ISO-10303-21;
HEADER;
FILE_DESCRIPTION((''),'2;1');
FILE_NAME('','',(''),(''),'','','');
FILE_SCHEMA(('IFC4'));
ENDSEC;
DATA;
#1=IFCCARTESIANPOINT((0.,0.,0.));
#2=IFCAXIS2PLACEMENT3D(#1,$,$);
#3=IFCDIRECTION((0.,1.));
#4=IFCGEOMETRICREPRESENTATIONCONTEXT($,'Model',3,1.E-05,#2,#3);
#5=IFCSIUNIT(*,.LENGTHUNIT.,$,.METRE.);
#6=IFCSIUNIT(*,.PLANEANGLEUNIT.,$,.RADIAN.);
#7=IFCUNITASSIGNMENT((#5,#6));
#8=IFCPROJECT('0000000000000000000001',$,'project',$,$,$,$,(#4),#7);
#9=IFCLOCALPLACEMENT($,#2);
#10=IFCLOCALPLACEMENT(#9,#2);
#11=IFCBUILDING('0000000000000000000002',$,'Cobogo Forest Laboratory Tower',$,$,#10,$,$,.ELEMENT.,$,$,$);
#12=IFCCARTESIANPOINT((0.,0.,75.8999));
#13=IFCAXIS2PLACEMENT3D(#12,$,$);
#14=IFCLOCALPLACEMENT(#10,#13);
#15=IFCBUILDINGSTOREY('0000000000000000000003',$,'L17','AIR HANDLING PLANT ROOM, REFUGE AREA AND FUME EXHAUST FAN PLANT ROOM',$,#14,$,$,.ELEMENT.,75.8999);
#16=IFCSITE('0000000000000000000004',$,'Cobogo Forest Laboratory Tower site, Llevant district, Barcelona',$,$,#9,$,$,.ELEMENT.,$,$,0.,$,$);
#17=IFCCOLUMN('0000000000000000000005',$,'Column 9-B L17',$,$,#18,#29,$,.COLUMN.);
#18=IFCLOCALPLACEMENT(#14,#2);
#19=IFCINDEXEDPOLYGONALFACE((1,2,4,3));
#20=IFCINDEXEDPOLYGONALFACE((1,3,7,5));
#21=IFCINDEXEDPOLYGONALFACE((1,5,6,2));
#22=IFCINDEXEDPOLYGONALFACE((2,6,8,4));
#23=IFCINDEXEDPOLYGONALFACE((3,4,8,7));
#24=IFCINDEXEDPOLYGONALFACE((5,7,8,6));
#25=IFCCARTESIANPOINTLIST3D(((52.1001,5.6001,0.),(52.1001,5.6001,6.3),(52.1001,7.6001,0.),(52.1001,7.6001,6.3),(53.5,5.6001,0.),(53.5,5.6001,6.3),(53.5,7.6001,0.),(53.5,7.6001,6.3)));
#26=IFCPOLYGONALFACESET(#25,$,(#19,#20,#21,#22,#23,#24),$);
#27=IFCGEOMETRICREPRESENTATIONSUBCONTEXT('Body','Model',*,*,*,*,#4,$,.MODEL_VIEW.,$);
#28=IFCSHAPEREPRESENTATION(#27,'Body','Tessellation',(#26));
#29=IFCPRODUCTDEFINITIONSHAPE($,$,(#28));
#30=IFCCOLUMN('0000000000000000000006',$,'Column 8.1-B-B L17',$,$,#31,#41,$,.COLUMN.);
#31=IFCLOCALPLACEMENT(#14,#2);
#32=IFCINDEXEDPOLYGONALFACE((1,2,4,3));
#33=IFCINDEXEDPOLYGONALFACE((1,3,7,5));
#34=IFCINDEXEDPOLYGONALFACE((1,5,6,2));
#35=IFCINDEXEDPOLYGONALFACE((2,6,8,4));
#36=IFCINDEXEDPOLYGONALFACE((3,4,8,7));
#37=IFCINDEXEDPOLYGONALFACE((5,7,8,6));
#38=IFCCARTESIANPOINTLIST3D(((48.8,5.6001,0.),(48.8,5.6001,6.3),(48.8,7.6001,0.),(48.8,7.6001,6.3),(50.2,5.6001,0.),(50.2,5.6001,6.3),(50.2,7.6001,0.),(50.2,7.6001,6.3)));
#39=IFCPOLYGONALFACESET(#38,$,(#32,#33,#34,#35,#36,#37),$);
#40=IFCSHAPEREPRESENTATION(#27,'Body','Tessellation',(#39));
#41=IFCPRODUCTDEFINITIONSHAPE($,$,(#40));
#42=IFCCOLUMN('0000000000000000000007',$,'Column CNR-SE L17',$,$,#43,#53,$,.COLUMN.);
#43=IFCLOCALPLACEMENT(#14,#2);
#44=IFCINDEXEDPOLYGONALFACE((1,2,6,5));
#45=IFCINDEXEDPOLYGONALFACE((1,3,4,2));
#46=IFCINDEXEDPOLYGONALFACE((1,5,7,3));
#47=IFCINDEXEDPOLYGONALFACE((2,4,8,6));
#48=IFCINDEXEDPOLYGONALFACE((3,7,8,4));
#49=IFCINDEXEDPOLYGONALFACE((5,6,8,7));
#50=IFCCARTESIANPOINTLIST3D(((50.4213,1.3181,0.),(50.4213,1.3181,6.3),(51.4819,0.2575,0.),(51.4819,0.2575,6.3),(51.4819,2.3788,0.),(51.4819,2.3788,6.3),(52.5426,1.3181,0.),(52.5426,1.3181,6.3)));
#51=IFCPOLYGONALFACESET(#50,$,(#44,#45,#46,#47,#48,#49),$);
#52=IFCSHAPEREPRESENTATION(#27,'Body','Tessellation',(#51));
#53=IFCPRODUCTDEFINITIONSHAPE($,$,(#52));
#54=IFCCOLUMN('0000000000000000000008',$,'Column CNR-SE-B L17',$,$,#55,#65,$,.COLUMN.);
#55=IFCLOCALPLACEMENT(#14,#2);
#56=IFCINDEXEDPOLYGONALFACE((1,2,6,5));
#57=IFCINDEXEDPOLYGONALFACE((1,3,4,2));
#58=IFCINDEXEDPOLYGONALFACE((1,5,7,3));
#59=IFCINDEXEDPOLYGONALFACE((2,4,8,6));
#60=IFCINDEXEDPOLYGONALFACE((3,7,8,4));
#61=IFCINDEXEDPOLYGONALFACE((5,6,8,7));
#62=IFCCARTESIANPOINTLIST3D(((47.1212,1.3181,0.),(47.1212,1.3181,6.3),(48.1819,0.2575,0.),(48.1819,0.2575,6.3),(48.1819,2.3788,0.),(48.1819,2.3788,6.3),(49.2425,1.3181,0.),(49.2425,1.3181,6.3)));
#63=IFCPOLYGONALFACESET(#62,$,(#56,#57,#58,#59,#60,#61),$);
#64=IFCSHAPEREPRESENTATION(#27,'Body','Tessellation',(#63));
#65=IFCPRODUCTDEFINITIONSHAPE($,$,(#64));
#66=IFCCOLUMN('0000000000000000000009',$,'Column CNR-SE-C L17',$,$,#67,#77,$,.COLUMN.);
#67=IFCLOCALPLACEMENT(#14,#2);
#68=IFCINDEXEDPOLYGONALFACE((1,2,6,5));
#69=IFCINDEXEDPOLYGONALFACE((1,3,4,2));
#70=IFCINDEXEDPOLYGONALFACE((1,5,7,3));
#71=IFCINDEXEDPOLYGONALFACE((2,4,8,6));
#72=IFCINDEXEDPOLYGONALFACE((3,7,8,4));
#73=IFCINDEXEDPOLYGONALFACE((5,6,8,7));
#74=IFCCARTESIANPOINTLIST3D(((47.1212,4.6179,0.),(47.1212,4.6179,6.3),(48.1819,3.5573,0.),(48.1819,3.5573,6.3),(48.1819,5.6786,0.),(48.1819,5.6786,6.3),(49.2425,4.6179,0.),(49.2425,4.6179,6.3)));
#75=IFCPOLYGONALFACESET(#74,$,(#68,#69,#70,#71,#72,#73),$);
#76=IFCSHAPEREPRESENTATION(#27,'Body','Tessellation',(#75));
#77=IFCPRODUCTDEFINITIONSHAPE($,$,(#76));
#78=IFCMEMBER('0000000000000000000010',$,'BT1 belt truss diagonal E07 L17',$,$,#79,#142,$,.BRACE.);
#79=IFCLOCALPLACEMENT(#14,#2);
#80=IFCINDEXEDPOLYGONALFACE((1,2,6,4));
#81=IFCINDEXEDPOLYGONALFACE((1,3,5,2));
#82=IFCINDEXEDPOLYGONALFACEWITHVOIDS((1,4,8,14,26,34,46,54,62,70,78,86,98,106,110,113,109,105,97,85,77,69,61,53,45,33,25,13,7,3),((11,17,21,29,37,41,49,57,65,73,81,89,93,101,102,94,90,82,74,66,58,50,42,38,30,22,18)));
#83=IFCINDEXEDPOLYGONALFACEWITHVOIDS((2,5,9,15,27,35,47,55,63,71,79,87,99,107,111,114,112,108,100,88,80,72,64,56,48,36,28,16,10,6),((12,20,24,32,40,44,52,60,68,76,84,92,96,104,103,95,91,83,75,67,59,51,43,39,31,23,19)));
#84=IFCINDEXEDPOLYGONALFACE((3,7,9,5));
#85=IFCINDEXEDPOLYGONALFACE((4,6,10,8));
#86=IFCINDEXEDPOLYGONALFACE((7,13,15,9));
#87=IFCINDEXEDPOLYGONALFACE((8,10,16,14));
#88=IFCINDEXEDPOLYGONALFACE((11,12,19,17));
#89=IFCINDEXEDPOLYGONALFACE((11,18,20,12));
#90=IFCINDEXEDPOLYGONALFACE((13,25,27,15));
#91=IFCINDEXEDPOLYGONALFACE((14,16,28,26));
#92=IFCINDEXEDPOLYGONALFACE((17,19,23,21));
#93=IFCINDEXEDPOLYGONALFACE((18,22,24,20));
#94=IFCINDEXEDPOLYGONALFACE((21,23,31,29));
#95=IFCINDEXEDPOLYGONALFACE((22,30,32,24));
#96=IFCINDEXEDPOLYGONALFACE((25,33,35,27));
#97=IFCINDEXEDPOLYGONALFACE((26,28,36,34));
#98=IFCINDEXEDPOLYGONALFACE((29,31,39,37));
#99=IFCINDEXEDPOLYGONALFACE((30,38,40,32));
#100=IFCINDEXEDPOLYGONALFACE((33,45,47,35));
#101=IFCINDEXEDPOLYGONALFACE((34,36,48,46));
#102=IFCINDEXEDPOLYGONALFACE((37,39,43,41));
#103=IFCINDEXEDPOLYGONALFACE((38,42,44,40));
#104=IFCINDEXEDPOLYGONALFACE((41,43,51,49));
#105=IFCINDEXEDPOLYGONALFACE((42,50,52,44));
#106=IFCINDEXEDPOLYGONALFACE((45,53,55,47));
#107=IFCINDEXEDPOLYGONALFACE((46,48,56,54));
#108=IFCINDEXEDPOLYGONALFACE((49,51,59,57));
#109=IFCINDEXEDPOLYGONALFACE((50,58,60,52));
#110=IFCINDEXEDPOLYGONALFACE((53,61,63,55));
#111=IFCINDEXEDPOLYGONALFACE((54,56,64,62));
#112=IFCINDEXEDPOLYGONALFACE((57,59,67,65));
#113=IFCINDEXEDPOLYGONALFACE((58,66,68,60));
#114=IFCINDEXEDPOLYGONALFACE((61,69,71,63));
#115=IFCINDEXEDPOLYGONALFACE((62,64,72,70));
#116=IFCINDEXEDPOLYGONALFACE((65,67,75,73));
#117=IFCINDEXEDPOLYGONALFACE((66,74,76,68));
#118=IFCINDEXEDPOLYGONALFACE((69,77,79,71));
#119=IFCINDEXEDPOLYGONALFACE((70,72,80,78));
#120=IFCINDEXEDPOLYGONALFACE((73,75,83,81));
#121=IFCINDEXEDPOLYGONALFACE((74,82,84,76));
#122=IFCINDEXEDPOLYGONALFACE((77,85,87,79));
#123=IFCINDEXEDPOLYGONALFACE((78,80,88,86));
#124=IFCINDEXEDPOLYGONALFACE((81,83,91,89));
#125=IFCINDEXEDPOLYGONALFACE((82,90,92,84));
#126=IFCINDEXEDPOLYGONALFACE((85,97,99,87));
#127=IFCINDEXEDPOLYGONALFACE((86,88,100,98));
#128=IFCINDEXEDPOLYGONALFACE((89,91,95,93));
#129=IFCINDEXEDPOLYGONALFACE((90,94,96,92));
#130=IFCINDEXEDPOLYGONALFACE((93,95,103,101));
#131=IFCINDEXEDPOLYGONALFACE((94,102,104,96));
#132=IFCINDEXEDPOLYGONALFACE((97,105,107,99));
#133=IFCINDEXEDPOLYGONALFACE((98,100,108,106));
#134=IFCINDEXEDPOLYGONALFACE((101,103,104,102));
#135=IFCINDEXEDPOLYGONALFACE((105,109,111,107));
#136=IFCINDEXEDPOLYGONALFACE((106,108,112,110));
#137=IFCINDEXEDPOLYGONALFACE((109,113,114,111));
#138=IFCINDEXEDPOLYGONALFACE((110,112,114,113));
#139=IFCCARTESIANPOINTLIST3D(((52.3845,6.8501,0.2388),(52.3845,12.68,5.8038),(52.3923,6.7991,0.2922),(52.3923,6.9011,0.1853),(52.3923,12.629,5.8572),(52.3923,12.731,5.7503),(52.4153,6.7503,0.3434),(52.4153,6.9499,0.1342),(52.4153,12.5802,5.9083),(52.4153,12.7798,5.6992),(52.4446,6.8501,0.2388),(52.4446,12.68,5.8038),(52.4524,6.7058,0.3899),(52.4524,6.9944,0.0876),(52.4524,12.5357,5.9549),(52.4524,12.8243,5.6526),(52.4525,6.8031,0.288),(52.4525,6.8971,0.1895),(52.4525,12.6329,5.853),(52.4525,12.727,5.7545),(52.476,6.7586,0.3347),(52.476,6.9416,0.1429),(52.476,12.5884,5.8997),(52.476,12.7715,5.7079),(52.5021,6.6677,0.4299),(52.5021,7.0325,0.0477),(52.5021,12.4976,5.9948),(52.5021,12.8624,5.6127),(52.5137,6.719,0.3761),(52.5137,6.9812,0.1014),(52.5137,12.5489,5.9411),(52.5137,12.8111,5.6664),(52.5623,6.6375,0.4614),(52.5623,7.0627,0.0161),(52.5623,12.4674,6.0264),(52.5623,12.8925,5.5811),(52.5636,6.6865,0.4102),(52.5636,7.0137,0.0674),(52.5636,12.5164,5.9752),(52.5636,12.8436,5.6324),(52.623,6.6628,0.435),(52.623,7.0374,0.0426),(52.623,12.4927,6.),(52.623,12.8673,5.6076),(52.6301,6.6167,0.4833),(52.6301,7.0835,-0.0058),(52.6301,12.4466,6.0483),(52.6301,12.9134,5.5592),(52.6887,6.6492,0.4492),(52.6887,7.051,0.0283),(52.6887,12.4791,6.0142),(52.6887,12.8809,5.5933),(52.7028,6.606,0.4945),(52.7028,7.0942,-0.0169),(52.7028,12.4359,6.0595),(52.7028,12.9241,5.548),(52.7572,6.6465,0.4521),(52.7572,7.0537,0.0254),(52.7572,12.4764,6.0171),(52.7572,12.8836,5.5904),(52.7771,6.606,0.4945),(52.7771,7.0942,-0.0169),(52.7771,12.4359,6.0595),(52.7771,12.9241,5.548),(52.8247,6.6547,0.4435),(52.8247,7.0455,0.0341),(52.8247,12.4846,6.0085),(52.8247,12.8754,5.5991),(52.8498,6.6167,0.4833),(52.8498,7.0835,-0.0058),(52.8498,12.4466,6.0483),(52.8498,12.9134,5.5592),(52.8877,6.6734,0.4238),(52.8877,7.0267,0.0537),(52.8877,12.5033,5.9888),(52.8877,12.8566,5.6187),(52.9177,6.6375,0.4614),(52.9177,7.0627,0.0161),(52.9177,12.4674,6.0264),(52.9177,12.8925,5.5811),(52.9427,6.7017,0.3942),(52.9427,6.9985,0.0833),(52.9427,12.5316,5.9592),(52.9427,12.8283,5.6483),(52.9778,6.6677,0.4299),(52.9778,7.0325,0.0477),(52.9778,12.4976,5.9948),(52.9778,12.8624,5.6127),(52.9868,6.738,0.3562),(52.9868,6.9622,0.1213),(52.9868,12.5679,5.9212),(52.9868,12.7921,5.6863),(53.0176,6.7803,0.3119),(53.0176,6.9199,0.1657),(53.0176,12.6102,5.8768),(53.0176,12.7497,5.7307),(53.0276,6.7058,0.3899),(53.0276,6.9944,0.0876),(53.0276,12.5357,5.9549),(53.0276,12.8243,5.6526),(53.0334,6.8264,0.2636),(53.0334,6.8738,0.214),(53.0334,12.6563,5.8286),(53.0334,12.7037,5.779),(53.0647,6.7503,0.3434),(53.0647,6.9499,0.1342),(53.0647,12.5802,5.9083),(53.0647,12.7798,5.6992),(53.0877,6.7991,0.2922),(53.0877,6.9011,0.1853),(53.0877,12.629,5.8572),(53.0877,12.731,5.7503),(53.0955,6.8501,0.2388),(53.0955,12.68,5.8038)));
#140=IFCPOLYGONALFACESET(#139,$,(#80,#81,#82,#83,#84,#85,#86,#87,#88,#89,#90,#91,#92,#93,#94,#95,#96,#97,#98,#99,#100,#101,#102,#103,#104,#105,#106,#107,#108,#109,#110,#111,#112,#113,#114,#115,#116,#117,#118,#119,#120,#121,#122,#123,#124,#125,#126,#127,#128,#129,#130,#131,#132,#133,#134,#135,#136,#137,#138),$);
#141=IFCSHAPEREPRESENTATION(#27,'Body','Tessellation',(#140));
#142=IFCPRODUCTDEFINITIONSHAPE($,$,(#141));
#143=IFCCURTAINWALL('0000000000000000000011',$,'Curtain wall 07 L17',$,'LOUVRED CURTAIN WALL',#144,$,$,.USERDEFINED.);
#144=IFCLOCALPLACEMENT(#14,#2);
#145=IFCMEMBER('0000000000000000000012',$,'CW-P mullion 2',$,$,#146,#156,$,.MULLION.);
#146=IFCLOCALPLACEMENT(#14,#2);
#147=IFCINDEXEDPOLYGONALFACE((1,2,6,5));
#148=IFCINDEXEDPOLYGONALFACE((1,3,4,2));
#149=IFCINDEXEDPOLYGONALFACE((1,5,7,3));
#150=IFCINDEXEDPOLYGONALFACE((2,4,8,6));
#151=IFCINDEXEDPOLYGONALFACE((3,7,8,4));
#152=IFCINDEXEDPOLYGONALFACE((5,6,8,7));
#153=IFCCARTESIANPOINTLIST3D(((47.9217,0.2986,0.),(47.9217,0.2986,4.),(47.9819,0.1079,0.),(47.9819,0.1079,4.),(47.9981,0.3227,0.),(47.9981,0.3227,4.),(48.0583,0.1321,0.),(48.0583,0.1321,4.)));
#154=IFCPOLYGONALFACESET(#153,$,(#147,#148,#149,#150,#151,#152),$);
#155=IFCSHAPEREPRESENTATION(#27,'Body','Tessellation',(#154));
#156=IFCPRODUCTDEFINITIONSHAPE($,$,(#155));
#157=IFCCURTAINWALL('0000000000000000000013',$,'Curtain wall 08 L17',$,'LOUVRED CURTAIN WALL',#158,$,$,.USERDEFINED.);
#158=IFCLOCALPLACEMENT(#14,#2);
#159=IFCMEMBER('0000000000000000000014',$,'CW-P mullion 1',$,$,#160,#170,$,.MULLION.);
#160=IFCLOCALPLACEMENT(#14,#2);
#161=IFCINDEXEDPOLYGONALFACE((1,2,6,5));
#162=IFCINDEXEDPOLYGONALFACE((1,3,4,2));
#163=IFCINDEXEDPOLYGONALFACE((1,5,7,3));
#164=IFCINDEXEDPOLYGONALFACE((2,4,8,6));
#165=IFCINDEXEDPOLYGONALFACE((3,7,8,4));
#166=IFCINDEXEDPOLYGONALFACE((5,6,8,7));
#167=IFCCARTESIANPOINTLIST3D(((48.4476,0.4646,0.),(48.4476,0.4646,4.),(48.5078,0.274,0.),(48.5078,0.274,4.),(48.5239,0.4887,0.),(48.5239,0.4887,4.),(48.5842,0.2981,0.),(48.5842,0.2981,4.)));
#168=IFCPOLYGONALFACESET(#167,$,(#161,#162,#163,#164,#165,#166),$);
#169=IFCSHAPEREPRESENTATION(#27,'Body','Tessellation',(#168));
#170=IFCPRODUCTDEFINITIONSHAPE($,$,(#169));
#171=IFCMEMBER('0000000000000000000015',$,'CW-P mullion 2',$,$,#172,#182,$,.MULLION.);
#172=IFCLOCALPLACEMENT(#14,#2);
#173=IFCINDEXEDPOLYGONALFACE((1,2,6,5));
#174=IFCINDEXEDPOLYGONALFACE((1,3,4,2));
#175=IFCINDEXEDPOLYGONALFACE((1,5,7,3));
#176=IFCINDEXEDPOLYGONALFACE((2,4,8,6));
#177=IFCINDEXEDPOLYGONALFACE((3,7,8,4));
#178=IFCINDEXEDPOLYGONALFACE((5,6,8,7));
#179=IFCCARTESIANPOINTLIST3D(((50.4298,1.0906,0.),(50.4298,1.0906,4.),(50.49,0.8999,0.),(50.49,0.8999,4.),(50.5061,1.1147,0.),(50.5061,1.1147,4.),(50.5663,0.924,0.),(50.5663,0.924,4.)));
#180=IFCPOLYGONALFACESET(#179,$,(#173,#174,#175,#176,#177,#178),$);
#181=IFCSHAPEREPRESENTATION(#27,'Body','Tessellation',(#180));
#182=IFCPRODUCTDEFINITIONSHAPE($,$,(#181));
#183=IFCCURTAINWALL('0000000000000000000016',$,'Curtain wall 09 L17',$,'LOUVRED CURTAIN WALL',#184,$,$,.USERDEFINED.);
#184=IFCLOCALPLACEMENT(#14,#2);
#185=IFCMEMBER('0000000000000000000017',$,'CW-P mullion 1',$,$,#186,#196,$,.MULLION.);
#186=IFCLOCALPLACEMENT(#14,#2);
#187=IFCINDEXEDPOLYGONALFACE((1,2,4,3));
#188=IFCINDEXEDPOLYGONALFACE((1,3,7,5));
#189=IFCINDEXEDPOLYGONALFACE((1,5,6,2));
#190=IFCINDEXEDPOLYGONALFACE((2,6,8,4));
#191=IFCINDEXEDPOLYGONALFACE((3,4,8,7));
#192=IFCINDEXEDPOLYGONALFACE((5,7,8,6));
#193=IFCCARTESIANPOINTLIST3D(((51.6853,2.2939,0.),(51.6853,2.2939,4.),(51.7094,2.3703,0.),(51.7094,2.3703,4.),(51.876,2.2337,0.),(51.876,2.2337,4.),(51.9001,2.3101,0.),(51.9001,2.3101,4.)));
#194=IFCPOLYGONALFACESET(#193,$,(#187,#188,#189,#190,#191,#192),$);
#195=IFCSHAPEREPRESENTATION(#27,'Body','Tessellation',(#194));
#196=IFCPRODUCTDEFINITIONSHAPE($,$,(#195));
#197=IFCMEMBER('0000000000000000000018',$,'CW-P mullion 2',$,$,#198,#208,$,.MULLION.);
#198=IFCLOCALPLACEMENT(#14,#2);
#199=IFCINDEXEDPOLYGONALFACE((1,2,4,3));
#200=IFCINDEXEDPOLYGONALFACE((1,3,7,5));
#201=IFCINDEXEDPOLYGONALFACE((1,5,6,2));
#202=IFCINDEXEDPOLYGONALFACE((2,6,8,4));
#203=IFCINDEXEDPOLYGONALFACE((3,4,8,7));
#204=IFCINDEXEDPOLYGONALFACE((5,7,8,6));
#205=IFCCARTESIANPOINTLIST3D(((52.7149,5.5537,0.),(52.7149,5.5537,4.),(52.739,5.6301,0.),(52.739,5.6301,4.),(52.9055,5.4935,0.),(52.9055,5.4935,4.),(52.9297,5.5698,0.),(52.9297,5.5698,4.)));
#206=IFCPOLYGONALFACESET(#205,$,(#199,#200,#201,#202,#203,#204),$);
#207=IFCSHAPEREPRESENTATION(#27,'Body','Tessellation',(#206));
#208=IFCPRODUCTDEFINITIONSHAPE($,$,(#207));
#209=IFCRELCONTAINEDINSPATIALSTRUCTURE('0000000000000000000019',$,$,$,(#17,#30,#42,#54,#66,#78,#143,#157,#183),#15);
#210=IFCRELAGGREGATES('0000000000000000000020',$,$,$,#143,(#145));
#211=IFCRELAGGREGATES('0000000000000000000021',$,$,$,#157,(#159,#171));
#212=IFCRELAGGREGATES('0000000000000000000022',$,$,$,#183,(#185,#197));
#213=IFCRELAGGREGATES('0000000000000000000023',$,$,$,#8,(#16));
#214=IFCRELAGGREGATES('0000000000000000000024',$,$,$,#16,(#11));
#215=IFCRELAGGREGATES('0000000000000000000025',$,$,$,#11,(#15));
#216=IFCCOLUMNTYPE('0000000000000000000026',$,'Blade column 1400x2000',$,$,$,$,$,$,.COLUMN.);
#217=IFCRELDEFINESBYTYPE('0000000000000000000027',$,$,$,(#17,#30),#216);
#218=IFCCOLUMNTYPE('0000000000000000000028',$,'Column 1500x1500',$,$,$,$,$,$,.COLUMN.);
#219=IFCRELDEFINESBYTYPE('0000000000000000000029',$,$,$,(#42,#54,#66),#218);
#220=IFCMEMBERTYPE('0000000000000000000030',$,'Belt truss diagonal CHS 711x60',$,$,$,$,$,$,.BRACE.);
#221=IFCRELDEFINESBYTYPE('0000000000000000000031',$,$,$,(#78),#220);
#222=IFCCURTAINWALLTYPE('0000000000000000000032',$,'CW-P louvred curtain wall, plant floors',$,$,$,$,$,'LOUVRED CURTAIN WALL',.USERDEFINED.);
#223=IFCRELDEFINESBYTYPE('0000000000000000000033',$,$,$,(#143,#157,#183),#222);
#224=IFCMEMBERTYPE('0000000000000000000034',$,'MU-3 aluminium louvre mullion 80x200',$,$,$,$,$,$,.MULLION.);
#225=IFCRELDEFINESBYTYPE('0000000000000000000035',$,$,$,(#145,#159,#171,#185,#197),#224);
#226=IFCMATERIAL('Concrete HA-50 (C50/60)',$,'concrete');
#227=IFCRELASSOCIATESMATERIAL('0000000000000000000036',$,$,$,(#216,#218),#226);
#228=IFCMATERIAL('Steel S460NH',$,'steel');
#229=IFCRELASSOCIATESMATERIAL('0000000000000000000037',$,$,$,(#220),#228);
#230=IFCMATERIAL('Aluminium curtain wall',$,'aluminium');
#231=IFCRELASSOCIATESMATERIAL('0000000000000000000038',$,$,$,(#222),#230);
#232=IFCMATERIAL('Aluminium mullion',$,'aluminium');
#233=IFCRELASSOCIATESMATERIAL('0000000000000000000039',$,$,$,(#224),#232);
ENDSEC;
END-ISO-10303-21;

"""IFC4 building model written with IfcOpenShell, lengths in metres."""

from ifc_helpers import new_model, si_unit, direction, frame, origin, origin_2d, place, context, subcontext, project, spatial, rectangle, hollow_circle, extrude, material, material_profile, profile_set, type_object, element, aggregate, save


model = new_model("IFC4")

# Units and contexts
model_context = context("Model", 3, precision=1e-05, world=origin(), true_north=direction((0.0, 1.0)))
body_context = subcontext(model_context, "Body", "Model", "MODEL_VIEW")
ifc_project = project(units=[si_unit("LENGTHUNIT", "METRE"), si_unit("PLANEANGLEUNIT", "RADIAN")], contexts=[model_context])

# Site, building, storey
site_placement = place(None, origin())
site = spatial("IfcSite", under=ifc_project, at=site_placement, Name="Cobogo Forest Laboratory Tower site, Llevant district, Barcelona", CompositionType="ELEMENT", RefElevation=0.0)
building_placement = place(site_placement, origin())
building = spatial("IfcBuilding", under=site, at=building_placement, Name="Cobogo Forest Laboratory Tower", CompositionType="ELEMENT")
storey_placement = place(building_placement, frame((0.0, 0.0, 75.8999)))
storey = spatial("IfcBuildingStorey", under=building, at=storey_placement, Name="L17", Description="AIR HANDLING PLANT ROOM, REFUGE AREA AND FUME EXHAUST FAN PLANT ROOM", CompositionType="ELEMENT", Elevation=75.8999)

# Columns
ifc_material_1 = material(Name="Concrete HA-50 (C50/60)", Category="concrete")
ifc_material_profile_1 = material_profile(ifc_material_1, rectangle(XDim=2.0, YDim=1.3999, at=origin_2d()), Name="RC 1400x2000")
ifc_profile_set_1 = profile_set([ifc_material_profile_1], Name="Concrete HA-50 (C50/60)")
column_type_1 = type_object("IfcColumnType", Name="Blade column 1400x2000", PredefinedType="COLUMN", material=ifc_profile_set_1)
for number, where, z_axis, x_axis, name in (
    (1, (52.8, 6.6001, 0.0), (0.0, 0.0, 1.0), (0.0, 1.0, 0.0), "Column 9-B L17"),
    (2, (49.5, 6.6001, 0.0), (0.0, 0.0, 1.0), (0.0, 1.0, 0.0), "Column 8.1-B-B L17"),
):
    element("IfcColumn", number, at=place(storey_placement, frame(where, z_axis=z_axis, x_axis=x_axis)), inside=storey, type_object=column_type_1, Name=name, PredefinedType="COLUMN", context=body_context, shape_type="SweptSolid", body=[
        extrude(rectangle(XDim=2.0, YDim=1.3999, at=origin_2d()), origin(), (0.0, 0.0, 1.0), 6.3),
    ])
ifc_material_profile_2 = material_profile(ifc_material_1, rectangle(XDim=1.5, YDim=1.5, at=origin_2d()), Name="RC 1500x1500")
ifc_profile_set_2 = profile_set([ifc_material_profile_2], Name="Concrete HA-50 (C50/60)")
column_type_2 = type_object("IfcColumnType", Name="Column 1500x1500", PredefinedType="COLUMN", material=ifc_profile_set_2)
for number, where, z_axis, x_axis, name in (
    (3, (51.4819, 1.3181, 0.0), (0.0, 0.0, 1.0), (0.707107, 0.707107, 0.0), "Column CNR-SE L17"),
    (4, (48.1819, 1.3181, 0.0), (0.0, 0.0, 1.0), (0.707107, 0.707107, 0.0), "Column CNR-SE-B L17"),
    (5, (48.1819, 4.6179, 0.0), (0.0, 0.0, 1.0), (0.707107, 0.707107, 0.0), "Column CNR-SE-C L17"),
):
    element("IfcColumn", number, at=place(storey_placement, frame(where, z_axis=z_axis, x_axis=x_axis)), inside=storey, type_object=column_type_2, Name=name, PredefinedType="COLUMN", context=body_context, shape_type="SweptSolid", body=[
        extrude(rectangle(XDim=1.5, YDim=1.5, at=origin_2d()), origin(), (0.0, 0.0, 1.0), 6.3),
    ])

# Member
ifc_material_2 = material(Name="Steel S460NH", Category="steel")
ifc_material_profile_3 = material_profile(ifc_material_2, hollow_circle(Radius=0.3555, WallThickness=0.0601, at=origin_2d()), Name="CHS 711x60")
ifc_profile_set_3 = profile_set([ifc_material_profile_3], Name="Steel S460NH")
member_type_1 = type_object("IfcMemberType", Name="Belt truss diagonal CHS 711x60", PredefinedType="BRACE", material=ifc_profile_set_3)
member_1_placement = place(storey_placement, frame((52.74, 6.8501, 0.2388), z_axis=(0.0, 0.723349, 0.690482), x_axis=(-1.0, 0.0, 0.0)))
element("IfcMember", 6, at=member_1_placement, inside=storey, type_object=member_type_1, Name="BT1 belt truss diagonal E07 L17", PredefinedType="BRACE", context=body_context, shape_type="SweptSolid", body=[
    extrude(hollow_circle(Radius=0.3555, WallThickness=0.0601, at=origin_2d()), origin(), (0.0, 0.0, 1.0), 8.0596),
])

# Curtain wall, member
ifc_material_3 = material(Name="Aluminium curtain wall", Category="aluminium")
curtain_wall_type = type_object("IfcCurtainWallType", Name="CW-P louvred curtain wall, plant floors", ElementType="LOUVRED CURTAIN WALL", PredefinedType="USERDEFINED", material=ifc_material_3)
curtain_wall_1_placement = place(storey_placement, origin())
curtain_wall_1 = element("IfcCurtainWall", 7, at=curtain_wall_1_placement, inside=storey, type_object=curtain_wall_type, Name="Curtain wall 07 L17", ObjectType="LOUVRED CURTAIN WALL", PredefinedType="USERDEFINED")
ifc_material_4 = material(Name="Aluminium mullion", Category="aluminium")
ifc_material_profile_4 = material_profile(ifc_material_4, rectangle(XDim=0.0801, YDim=0.2, at=origin_2d()), Name="AL 80x200")
ifc_profile_set_4 = profile_set([ifc_material_profile_4], Name="Aluminium mullion")
member_type_2 = type_object("IfcMemberType", Name="MU-3 aluminium louvre mullion 80x200", PredefinedType="MULLION", material=ifc_profile_set_4)
member_2_placement = place(storey_placement, frame((47.99, 0.2153, 0.0), z_axis=(0.0, 0.0, 1.0), x_axis=(0.953581, 0.301136, 0.0)))
member_2 = element("IfcMember", 8, at=member_2_placement, type_object=member_type_2, Name="CW-P mullion 2", PredefinedType="MULLION", context=body_context, shape_type="SweptSolid", body=[
    extrude(rectangle(XDim=0.0801, YDim=0.2, at=origin_2d()), origin(), (0.0, 0.0, 1.0), 4.0),
])
aggregate(curtain_wall_1, [member_2])

# Curtain walls, members
curtain_wall_2_placement = place(storey_placement, origin())
curtain_wall_2 = element("IfcCurtainWall", 9, at=curtain_wall_2_placement, inside=storey, type_object=curtain_wall_type, Name="Curtain wall 08 L17", ObjectType="LOUVRED CURTAIN WALL", PredefinedType="USERDEFINED")
member_3_placement = place(storey_placement, frame((48.5159, 0.3813, 0.0), z_axis=(0.0, 0.0, 1.0), x_axis=(0.953581, 0.301136, 0.0)))
member_3 = element("IfcMember", 10, at=member_3_placement, type_object=member_type_2, Name="CW-P mullion 1", PredefinedType="MULLION", context=body_context, shape_type="SweptSolid", body=[
    extrude(rectangle(XDim=0.0801, YDim=0.2, at=origin_2d()), origin(), (0.0, 0.0, 1.0), 4.0),
])
member_4_placement = place(storey_placement, frame((50.498, 1.0073, 0.0), z_axis=(0.0, 0.0, 1.0), x_axis=(0.953581, 0.301136, 0.0)))
member_4 = element("IfcMember", 11, at=member_4_placement, type_object=member_type_2, Name="CW-P mullion 2", PredefinedType="MULLION", context=body_context, shape_type="SweptSolid", body=[
    extrude(rectangle(XDim=0.0801, YDim=0.2, at=origin_2d()), origin(), (0.0, 0.0, 1.0), 4.0),
])
curtain_wall_3_placement = place(storey_placement, origin())
curtain_wall_3 = element("IfcCurtainWall", 12, at=curtain_wall_3_placement, inside=storey, type_object=curtain_wall_type, Name="Curtain wall 09 L17", ObjectType="LOUVRED CURTAIN WALL", PredefinedType="USERDEFINED")
member_5_placement = place(storey_placement, frame((51.7927, 2.302, 0.0), z_axis=(0.0, 0.0, 1.0), x_axis=(0.301136, 0.953581, 0.0)))
member_5 = element("IfcMember", 13, at=member_5_placement, type_object=member_type_2, Name="CW-P mullion 1", PredefinedType="MULLION", context=body_context, shape_type="SweptSolid", body=[
    extrude(rectangle(XDim=0.0801, YDim=0.2, at=origin_2d()), origin(), (0.0, 0.0, 1.0), 4.0),
])
member_6_placement = place(storey_placement, frame((52.8223, 5.5618, 0.0), z_axis=(0.0, 0.0, 1.0), x_axis=(0.301136, 0.953581, 0.0)))
member_6 = element("IfcMember", 14, at=member_6_placement, type_object=member_type_2, Name="CW-P mullion 2", PredefinedType="MULLION", context=body_context, shape_type="SweptSolid", body=[
    extrude(rectangle(XDim=0.0801, YDim=0.2, at=origin_2d()), origin(), (0.0, 0.0, 1.0), 4.0),
])

aggregate(curtain_wall_2, [member_3, member_4])
aggregate(curtain_wall_3, [member_5, member_6])

save(model, "model.ifc")
